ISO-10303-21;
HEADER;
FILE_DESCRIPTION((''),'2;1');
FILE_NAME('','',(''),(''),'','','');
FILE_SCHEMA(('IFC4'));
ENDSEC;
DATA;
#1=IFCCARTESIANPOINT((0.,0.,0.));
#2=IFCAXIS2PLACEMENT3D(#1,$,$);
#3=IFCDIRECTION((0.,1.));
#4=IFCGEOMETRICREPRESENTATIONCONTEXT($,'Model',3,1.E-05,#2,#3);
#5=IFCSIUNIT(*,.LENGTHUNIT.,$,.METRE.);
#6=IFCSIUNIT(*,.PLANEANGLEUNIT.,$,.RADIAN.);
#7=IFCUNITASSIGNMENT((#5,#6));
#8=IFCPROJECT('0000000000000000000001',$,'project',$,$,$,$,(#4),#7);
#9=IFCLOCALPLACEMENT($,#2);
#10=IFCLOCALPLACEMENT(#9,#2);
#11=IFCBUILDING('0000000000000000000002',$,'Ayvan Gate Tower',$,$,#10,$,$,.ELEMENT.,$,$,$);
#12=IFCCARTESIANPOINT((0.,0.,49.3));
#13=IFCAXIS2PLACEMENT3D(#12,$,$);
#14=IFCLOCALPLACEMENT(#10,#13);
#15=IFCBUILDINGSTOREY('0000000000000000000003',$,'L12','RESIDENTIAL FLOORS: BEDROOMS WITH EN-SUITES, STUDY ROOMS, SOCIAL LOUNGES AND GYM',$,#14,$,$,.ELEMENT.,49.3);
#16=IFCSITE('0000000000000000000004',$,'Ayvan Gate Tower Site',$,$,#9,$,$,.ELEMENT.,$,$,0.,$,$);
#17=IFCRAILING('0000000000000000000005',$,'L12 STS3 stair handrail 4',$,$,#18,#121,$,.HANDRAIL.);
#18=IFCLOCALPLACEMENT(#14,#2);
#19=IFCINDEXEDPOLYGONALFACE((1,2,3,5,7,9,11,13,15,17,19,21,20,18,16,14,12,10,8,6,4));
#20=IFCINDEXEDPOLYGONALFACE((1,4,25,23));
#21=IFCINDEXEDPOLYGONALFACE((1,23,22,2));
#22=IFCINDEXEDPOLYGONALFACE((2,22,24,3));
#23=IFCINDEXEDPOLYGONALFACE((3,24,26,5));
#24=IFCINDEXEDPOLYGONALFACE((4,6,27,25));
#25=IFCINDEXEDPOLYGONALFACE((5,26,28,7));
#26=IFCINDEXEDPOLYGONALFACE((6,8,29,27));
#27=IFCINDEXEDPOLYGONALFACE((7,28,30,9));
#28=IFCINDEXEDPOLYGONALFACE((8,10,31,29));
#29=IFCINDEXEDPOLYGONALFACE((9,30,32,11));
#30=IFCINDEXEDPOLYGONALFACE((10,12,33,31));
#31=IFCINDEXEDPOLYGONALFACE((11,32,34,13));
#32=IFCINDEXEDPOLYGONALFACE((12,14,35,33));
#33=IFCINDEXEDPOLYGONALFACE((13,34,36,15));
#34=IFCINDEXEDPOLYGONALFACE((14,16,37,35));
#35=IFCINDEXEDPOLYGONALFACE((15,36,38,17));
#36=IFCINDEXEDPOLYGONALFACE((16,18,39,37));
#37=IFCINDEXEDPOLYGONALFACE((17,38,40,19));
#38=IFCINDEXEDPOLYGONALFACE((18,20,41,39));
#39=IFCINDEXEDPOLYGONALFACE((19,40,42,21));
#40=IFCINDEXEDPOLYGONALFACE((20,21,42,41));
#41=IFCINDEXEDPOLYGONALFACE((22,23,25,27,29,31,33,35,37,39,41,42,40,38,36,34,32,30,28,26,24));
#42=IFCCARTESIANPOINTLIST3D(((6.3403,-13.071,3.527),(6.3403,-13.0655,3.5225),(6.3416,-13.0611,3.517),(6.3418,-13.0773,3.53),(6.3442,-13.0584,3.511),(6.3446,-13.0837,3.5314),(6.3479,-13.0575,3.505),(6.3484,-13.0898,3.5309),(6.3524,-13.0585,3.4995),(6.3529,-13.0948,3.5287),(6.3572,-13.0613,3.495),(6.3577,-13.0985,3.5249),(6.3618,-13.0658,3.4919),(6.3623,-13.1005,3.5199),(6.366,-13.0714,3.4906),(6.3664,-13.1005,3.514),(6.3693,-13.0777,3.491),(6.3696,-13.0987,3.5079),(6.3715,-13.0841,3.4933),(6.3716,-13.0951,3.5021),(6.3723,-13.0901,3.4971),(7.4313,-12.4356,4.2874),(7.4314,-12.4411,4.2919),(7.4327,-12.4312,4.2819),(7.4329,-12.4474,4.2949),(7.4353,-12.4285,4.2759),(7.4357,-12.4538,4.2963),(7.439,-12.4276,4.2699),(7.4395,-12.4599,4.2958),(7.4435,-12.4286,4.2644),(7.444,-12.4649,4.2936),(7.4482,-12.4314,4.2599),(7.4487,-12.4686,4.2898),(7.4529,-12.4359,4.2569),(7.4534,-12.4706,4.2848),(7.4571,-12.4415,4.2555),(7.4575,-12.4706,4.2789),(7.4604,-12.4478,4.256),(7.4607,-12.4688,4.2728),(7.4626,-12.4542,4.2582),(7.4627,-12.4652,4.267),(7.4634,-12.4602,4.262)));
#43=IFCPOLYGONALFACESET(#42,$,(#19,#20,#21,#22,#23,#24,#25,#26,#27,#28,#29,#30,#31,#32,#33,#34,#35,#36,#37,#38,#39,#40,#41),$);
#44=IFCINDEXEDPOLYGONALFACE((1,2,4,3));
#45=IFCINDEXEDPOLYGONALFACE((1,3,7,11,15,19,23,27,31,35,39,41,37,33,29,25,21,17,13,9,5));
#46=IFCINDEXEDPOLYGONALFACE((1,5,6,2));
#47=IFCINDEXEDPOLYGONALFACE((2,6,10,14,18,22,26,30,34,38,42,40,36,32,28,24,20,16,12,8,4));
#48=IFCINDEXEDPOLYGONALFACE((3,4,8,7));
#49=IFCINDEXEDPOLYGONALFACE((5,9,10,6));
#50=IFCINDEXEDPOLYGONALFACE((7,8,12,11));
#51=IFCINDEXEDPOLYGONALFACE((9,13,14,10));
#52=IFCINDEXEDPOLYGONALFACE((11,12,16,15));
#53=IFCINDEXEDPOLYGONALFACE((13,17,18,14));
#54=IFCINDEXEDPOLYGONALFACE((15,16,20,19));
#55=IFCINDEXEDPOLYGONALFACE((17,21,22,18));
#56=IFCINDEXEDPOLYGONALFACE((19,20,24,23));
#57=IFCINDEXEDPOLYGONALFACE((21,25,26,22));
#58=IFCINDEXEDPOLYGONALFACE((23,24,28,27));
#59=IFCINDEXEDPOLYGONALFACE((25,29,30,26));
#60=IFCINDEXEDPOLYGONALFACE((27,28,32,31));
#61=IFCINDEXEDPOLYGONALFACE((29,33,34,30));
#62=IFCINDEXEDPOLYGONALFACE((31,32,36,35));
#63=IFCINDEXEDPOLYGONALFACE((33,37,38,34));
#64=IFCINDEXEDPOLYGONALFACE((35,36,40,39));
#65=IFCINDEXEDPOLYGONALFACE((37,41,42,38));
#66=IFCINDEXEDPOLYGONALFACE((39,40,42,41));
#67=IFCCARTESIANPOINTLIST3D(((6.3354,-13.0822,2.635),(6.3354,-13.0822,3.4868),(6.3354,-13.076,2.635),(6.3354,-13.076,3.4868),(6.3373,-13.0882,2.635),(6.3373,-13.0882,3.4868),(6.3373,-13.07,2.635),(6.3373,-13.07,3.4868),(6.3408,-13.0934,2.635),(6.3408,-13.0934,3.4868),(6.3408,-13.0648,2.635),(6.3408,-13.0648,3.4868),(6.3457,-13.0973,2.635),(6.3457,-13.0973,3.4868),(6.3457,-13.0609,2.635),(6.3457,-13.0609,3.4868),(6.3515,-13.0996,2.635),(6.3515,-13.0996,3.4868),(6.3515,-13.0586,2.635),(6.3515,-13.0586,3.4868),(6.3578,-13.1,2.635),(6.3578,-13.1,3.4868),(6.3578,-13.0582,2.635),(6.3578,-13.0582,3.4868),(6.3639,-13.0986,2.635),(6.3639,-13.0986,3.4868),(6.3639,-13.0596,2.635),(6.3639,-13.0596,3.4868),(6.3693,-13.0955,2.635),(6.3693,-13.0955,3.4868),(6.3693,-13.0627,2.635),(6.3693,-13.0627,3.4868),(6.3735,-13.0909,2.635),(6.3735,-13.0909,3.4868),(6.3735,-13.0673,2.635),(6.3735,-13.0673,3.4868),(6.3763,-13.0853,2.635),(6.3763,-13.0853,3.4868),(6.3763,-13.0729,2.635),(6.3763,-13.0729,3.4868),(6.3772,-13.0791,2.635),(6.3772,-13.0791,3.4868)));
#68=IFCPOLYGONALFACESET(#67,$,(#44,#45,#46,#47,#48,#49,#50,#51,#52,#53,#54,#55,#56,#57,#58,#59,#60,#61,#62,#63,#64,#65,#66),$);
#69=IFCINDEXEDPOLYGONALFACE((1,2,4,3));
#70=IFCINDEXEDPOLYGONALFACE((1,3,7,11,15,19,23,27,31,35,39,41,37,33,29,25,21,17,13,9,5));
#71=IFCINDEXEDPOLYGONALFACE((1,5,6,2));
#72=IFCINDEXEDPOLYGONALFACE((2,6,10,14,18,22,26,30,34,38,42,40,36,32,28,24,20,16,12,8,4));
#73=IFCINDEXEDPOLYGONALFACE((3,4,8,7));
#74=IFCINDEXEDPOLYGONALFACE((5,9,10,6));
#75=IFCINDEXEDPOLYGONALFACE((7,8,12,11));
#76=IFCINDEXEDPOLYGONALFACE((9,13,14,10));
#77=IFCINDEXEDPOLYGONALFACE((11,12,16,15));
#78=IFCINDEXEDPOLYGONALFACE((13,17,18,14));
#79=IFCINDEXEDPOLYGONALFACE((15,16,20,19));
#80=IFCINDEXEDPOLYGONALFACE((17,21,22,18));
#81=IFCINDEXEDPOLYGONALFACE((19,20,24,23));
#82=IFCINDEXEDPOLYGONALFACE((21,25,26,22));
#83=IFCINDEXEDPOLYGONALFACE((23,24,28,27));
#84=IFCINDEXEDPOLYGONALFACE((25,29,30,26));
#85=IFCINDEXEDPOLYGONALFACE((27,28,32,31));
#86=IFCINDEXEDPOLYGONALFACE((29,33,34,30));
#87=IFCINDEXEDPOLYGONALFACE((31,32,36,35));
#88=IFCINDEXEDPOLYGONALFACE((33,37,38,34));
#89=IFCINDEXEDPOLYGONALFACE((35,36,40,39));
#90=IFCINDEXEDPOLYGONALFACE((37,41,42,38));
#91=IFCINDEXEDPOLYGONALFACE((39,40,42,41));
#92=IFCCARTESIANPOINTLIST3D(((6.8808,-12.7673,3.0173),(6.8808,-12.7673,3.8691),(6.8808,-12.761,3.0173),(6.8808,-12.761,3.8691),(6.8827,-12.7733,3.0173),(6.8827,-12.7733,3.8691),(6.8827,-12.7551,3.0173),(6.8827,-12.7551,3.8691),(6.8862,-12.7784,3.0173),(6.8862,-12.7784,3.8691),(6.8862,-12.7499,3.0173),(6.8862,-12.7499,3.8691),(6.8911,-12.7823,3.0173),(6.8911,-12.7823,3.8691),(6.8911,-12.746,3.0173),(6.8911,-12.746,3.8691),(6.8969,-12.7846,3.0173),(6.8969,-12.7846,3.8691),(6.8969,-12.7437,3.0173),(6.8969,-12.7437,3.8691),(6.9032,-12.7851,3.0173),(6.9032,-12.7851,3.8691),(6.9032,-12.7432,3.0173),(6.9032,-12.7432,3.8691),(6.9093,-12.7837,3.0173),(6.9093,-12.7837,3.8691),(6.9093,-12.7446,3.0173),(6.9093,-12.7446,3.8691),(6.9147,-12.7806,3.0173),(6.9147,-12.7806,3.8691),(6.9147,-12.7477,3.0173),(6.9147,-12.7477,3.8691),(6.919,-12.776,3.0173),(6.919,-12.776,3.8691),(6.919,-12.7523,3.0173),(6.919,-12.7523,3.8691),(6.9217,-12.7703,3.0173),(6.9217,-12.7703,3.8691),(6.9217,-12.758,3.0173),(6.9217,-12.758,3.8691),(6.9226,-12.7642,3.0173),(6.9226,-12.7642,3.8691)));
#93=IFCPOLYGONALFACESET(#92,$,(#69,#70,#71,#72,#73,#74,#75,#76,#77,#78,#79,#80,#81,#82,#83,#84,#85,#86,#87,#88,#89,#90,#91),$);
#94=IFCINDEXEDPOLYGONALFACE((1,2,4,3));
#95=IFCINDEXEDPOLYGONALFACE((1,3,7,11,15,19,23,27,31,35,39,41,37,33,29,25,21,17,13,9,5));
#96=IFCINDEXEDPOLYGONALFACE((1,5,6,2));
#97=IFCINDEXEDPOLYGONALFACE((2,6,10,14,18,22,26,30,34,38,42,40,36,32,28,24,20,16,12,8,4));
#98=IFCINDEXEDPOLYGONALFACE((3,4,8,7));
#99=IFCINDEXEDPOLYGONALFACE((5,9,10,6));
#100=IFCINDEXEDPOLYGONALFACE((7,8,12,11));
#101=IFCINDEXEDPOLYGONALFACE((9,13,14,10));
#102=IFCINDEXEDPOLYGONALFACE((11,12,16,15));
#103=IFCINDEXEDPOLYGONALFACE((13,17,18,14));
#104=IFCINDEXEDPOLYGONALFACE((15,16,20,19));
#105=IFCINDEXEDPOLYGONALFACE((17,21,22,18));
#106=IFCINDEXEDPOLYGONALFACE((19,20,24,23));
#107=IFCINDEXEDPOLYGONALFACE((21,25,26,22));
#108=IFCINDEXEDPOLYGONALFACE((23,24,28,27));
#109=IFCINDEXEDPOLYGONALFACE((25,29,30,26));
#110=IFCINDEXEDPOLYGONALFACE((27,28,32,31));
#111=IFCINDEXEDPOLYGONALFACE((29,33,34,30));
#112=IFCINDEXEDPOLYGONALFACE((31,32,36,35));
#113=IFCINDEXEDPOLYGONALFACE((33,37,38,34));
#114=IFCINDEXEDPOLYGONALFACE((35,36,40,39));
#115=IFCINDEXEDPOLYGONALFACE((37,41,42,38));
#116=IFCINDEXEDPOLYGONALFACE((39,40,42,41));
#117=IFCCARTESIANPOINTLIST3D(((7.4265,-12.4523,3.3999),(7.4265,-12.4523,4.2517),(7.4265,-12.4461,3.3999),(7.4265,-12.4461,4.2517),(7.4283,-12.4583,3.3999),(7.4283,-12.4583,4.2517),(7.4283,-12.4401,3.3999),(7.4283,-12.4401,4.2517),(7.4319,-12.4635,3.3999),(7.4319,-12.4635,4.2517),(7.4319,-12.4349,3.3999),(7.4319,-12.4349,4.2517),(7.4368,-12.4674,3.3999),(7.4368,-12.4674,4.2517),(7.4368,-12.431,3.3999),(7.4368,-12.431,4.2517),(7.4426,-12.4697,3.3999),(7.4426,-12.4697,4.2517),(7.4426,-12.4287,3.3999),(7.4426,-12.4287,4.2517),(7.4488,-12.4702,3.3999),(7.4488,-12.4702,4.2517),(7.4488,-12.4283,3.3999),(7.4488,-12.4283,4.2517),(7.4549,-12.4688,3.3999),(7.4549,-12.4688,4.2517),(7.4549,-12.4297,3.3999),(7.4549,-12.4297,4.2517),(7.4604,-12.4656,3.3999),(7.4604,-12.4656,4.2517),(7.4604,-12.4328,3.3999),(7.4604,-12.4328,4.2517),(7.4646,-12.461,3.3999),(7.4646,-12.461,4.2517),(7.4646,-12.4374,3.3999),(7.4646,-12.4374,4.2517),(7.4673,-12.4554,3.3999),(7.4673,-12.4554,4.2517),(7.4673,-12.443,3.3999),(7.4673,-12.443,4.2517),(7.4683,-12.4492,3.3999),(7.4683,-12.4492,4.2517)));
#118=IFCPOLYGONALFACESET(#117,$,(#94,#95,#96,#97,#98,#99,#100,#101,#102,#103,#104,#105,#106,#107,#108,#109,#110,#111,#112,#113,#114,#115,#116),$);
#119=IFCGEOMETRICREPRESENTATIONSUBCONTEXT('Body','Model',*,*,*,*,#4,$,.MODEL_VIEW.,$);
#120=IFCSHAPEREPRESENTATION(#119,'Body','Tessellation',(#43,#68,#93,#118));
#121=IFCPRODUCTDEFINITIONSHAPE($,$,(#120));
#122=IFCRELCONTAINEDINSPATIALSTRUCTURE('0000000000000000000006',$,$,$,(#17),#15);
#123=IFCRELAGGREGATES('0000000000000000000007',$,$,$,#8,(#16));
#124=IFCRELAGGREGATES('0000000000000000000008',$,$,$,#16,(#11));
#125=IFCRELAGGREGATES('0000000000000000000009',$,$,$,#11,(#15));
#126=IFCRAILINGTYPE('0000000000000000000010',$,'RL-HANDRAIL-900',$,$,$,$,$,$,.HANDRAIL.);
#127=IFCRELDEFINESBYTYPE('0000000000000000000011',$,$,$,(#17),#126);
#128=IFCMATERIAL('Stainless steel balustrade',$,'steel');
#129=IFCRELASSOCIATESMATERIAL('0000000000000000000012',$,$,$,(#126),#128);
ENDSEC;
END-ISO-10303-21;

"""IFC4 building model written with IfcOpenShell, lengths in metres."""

from ifc_helpers import new_model, si_unit, direction, frame, origin, origin_2d, place, context, subcontext, project, spatial, circle, extrude, material, type_object, element, save


model = new_model("IFC4")

# Units and contexts
model_context = context("Model", 3, precision=1e-05, world=origin(), true_north=direction((0.0, 1.0)))
body_context = subcontext(model_context, "Body", "Model", "MODEL_VIEW")
ifc_project = project(units=[si_unit("LENGTHUNIT", "METRE"), si_unit("PLANEANGLEUNIT", "RADIAN")], contexts=[model_context])

# Site, building, storey
site_placement = place(None, origin())
site = spatial("IfcSite", under=ifc_project, at=site_placement, Name="Ayvan Gate Tower Site", CompositionType="ELEMENT", RefElevation=0.0)
building_placement = place(site_placement, origin())
building = spatial("IfcBuilding", under=site, at=building_placement, Name="Ayvan Gate Tower", CompositionType="ELEMENT")
storey_placement = place(building_placement, frame((0.0, 0.0, 49.3)))
storey = spatial("IfcBuildingStorey", under=building, at=storey_placement, Name="L12", Description="RESIDENTIAL FLOORS: BEDROOMS WITH EN-SUITES, STUDY ROOMS, SOCIAL LOUNGES AND GYM", CompositionType="ELEMENT", Elevation=49.3)

# Railing
ifc_material_1 = material(Name="Stainless steel balustrade", Category="steel")
railing_type_1 = type_object("IfcRailingType", Name="RL-HANDRAIL-900", PredefinedType="HANDRAIL", material=ifc_material_1)
railing_1_placement = place(storey_placement, frame((6.3562, -13.0791, 2.635)))
element("IfcRailing", 1, at=railing_1_placement, inside=storey, type_object=railing_type_1, Name="L12 STS3 stair handrail 4", PredefinedType="HANDRAIL", context=body_context, shape_type="SweptSolid", body=[
    extrude(circle(Radius=0.0239, at=origin_2d()), frame((0.0, 0.0, 0.876), z_axis=(0.740282, 0.427372, 0.518976), x_axis=(-0.499974, 0.86604, 0.0)), (0.0, 0.0, 1.0), 1.4739),
    extrude(circle(Radius=0.021, at=origin_2d()), origin(), (0.0, 0.0, 1.0), 0.8518),
    extrude(circle(Radius=0.021, at=origin_2d()), frame((0.5454, 0.3149, 0.3823)), (0.0, 0.0, 1.0), 0.8518),
    extrude(circle(Radius=0.021, at=origin_2d()), frame((1.0911, 0.6299, 0.7649)), (0.0, 0.0, 1.0), 0.8518),
])

save(model, "model.ifc")
